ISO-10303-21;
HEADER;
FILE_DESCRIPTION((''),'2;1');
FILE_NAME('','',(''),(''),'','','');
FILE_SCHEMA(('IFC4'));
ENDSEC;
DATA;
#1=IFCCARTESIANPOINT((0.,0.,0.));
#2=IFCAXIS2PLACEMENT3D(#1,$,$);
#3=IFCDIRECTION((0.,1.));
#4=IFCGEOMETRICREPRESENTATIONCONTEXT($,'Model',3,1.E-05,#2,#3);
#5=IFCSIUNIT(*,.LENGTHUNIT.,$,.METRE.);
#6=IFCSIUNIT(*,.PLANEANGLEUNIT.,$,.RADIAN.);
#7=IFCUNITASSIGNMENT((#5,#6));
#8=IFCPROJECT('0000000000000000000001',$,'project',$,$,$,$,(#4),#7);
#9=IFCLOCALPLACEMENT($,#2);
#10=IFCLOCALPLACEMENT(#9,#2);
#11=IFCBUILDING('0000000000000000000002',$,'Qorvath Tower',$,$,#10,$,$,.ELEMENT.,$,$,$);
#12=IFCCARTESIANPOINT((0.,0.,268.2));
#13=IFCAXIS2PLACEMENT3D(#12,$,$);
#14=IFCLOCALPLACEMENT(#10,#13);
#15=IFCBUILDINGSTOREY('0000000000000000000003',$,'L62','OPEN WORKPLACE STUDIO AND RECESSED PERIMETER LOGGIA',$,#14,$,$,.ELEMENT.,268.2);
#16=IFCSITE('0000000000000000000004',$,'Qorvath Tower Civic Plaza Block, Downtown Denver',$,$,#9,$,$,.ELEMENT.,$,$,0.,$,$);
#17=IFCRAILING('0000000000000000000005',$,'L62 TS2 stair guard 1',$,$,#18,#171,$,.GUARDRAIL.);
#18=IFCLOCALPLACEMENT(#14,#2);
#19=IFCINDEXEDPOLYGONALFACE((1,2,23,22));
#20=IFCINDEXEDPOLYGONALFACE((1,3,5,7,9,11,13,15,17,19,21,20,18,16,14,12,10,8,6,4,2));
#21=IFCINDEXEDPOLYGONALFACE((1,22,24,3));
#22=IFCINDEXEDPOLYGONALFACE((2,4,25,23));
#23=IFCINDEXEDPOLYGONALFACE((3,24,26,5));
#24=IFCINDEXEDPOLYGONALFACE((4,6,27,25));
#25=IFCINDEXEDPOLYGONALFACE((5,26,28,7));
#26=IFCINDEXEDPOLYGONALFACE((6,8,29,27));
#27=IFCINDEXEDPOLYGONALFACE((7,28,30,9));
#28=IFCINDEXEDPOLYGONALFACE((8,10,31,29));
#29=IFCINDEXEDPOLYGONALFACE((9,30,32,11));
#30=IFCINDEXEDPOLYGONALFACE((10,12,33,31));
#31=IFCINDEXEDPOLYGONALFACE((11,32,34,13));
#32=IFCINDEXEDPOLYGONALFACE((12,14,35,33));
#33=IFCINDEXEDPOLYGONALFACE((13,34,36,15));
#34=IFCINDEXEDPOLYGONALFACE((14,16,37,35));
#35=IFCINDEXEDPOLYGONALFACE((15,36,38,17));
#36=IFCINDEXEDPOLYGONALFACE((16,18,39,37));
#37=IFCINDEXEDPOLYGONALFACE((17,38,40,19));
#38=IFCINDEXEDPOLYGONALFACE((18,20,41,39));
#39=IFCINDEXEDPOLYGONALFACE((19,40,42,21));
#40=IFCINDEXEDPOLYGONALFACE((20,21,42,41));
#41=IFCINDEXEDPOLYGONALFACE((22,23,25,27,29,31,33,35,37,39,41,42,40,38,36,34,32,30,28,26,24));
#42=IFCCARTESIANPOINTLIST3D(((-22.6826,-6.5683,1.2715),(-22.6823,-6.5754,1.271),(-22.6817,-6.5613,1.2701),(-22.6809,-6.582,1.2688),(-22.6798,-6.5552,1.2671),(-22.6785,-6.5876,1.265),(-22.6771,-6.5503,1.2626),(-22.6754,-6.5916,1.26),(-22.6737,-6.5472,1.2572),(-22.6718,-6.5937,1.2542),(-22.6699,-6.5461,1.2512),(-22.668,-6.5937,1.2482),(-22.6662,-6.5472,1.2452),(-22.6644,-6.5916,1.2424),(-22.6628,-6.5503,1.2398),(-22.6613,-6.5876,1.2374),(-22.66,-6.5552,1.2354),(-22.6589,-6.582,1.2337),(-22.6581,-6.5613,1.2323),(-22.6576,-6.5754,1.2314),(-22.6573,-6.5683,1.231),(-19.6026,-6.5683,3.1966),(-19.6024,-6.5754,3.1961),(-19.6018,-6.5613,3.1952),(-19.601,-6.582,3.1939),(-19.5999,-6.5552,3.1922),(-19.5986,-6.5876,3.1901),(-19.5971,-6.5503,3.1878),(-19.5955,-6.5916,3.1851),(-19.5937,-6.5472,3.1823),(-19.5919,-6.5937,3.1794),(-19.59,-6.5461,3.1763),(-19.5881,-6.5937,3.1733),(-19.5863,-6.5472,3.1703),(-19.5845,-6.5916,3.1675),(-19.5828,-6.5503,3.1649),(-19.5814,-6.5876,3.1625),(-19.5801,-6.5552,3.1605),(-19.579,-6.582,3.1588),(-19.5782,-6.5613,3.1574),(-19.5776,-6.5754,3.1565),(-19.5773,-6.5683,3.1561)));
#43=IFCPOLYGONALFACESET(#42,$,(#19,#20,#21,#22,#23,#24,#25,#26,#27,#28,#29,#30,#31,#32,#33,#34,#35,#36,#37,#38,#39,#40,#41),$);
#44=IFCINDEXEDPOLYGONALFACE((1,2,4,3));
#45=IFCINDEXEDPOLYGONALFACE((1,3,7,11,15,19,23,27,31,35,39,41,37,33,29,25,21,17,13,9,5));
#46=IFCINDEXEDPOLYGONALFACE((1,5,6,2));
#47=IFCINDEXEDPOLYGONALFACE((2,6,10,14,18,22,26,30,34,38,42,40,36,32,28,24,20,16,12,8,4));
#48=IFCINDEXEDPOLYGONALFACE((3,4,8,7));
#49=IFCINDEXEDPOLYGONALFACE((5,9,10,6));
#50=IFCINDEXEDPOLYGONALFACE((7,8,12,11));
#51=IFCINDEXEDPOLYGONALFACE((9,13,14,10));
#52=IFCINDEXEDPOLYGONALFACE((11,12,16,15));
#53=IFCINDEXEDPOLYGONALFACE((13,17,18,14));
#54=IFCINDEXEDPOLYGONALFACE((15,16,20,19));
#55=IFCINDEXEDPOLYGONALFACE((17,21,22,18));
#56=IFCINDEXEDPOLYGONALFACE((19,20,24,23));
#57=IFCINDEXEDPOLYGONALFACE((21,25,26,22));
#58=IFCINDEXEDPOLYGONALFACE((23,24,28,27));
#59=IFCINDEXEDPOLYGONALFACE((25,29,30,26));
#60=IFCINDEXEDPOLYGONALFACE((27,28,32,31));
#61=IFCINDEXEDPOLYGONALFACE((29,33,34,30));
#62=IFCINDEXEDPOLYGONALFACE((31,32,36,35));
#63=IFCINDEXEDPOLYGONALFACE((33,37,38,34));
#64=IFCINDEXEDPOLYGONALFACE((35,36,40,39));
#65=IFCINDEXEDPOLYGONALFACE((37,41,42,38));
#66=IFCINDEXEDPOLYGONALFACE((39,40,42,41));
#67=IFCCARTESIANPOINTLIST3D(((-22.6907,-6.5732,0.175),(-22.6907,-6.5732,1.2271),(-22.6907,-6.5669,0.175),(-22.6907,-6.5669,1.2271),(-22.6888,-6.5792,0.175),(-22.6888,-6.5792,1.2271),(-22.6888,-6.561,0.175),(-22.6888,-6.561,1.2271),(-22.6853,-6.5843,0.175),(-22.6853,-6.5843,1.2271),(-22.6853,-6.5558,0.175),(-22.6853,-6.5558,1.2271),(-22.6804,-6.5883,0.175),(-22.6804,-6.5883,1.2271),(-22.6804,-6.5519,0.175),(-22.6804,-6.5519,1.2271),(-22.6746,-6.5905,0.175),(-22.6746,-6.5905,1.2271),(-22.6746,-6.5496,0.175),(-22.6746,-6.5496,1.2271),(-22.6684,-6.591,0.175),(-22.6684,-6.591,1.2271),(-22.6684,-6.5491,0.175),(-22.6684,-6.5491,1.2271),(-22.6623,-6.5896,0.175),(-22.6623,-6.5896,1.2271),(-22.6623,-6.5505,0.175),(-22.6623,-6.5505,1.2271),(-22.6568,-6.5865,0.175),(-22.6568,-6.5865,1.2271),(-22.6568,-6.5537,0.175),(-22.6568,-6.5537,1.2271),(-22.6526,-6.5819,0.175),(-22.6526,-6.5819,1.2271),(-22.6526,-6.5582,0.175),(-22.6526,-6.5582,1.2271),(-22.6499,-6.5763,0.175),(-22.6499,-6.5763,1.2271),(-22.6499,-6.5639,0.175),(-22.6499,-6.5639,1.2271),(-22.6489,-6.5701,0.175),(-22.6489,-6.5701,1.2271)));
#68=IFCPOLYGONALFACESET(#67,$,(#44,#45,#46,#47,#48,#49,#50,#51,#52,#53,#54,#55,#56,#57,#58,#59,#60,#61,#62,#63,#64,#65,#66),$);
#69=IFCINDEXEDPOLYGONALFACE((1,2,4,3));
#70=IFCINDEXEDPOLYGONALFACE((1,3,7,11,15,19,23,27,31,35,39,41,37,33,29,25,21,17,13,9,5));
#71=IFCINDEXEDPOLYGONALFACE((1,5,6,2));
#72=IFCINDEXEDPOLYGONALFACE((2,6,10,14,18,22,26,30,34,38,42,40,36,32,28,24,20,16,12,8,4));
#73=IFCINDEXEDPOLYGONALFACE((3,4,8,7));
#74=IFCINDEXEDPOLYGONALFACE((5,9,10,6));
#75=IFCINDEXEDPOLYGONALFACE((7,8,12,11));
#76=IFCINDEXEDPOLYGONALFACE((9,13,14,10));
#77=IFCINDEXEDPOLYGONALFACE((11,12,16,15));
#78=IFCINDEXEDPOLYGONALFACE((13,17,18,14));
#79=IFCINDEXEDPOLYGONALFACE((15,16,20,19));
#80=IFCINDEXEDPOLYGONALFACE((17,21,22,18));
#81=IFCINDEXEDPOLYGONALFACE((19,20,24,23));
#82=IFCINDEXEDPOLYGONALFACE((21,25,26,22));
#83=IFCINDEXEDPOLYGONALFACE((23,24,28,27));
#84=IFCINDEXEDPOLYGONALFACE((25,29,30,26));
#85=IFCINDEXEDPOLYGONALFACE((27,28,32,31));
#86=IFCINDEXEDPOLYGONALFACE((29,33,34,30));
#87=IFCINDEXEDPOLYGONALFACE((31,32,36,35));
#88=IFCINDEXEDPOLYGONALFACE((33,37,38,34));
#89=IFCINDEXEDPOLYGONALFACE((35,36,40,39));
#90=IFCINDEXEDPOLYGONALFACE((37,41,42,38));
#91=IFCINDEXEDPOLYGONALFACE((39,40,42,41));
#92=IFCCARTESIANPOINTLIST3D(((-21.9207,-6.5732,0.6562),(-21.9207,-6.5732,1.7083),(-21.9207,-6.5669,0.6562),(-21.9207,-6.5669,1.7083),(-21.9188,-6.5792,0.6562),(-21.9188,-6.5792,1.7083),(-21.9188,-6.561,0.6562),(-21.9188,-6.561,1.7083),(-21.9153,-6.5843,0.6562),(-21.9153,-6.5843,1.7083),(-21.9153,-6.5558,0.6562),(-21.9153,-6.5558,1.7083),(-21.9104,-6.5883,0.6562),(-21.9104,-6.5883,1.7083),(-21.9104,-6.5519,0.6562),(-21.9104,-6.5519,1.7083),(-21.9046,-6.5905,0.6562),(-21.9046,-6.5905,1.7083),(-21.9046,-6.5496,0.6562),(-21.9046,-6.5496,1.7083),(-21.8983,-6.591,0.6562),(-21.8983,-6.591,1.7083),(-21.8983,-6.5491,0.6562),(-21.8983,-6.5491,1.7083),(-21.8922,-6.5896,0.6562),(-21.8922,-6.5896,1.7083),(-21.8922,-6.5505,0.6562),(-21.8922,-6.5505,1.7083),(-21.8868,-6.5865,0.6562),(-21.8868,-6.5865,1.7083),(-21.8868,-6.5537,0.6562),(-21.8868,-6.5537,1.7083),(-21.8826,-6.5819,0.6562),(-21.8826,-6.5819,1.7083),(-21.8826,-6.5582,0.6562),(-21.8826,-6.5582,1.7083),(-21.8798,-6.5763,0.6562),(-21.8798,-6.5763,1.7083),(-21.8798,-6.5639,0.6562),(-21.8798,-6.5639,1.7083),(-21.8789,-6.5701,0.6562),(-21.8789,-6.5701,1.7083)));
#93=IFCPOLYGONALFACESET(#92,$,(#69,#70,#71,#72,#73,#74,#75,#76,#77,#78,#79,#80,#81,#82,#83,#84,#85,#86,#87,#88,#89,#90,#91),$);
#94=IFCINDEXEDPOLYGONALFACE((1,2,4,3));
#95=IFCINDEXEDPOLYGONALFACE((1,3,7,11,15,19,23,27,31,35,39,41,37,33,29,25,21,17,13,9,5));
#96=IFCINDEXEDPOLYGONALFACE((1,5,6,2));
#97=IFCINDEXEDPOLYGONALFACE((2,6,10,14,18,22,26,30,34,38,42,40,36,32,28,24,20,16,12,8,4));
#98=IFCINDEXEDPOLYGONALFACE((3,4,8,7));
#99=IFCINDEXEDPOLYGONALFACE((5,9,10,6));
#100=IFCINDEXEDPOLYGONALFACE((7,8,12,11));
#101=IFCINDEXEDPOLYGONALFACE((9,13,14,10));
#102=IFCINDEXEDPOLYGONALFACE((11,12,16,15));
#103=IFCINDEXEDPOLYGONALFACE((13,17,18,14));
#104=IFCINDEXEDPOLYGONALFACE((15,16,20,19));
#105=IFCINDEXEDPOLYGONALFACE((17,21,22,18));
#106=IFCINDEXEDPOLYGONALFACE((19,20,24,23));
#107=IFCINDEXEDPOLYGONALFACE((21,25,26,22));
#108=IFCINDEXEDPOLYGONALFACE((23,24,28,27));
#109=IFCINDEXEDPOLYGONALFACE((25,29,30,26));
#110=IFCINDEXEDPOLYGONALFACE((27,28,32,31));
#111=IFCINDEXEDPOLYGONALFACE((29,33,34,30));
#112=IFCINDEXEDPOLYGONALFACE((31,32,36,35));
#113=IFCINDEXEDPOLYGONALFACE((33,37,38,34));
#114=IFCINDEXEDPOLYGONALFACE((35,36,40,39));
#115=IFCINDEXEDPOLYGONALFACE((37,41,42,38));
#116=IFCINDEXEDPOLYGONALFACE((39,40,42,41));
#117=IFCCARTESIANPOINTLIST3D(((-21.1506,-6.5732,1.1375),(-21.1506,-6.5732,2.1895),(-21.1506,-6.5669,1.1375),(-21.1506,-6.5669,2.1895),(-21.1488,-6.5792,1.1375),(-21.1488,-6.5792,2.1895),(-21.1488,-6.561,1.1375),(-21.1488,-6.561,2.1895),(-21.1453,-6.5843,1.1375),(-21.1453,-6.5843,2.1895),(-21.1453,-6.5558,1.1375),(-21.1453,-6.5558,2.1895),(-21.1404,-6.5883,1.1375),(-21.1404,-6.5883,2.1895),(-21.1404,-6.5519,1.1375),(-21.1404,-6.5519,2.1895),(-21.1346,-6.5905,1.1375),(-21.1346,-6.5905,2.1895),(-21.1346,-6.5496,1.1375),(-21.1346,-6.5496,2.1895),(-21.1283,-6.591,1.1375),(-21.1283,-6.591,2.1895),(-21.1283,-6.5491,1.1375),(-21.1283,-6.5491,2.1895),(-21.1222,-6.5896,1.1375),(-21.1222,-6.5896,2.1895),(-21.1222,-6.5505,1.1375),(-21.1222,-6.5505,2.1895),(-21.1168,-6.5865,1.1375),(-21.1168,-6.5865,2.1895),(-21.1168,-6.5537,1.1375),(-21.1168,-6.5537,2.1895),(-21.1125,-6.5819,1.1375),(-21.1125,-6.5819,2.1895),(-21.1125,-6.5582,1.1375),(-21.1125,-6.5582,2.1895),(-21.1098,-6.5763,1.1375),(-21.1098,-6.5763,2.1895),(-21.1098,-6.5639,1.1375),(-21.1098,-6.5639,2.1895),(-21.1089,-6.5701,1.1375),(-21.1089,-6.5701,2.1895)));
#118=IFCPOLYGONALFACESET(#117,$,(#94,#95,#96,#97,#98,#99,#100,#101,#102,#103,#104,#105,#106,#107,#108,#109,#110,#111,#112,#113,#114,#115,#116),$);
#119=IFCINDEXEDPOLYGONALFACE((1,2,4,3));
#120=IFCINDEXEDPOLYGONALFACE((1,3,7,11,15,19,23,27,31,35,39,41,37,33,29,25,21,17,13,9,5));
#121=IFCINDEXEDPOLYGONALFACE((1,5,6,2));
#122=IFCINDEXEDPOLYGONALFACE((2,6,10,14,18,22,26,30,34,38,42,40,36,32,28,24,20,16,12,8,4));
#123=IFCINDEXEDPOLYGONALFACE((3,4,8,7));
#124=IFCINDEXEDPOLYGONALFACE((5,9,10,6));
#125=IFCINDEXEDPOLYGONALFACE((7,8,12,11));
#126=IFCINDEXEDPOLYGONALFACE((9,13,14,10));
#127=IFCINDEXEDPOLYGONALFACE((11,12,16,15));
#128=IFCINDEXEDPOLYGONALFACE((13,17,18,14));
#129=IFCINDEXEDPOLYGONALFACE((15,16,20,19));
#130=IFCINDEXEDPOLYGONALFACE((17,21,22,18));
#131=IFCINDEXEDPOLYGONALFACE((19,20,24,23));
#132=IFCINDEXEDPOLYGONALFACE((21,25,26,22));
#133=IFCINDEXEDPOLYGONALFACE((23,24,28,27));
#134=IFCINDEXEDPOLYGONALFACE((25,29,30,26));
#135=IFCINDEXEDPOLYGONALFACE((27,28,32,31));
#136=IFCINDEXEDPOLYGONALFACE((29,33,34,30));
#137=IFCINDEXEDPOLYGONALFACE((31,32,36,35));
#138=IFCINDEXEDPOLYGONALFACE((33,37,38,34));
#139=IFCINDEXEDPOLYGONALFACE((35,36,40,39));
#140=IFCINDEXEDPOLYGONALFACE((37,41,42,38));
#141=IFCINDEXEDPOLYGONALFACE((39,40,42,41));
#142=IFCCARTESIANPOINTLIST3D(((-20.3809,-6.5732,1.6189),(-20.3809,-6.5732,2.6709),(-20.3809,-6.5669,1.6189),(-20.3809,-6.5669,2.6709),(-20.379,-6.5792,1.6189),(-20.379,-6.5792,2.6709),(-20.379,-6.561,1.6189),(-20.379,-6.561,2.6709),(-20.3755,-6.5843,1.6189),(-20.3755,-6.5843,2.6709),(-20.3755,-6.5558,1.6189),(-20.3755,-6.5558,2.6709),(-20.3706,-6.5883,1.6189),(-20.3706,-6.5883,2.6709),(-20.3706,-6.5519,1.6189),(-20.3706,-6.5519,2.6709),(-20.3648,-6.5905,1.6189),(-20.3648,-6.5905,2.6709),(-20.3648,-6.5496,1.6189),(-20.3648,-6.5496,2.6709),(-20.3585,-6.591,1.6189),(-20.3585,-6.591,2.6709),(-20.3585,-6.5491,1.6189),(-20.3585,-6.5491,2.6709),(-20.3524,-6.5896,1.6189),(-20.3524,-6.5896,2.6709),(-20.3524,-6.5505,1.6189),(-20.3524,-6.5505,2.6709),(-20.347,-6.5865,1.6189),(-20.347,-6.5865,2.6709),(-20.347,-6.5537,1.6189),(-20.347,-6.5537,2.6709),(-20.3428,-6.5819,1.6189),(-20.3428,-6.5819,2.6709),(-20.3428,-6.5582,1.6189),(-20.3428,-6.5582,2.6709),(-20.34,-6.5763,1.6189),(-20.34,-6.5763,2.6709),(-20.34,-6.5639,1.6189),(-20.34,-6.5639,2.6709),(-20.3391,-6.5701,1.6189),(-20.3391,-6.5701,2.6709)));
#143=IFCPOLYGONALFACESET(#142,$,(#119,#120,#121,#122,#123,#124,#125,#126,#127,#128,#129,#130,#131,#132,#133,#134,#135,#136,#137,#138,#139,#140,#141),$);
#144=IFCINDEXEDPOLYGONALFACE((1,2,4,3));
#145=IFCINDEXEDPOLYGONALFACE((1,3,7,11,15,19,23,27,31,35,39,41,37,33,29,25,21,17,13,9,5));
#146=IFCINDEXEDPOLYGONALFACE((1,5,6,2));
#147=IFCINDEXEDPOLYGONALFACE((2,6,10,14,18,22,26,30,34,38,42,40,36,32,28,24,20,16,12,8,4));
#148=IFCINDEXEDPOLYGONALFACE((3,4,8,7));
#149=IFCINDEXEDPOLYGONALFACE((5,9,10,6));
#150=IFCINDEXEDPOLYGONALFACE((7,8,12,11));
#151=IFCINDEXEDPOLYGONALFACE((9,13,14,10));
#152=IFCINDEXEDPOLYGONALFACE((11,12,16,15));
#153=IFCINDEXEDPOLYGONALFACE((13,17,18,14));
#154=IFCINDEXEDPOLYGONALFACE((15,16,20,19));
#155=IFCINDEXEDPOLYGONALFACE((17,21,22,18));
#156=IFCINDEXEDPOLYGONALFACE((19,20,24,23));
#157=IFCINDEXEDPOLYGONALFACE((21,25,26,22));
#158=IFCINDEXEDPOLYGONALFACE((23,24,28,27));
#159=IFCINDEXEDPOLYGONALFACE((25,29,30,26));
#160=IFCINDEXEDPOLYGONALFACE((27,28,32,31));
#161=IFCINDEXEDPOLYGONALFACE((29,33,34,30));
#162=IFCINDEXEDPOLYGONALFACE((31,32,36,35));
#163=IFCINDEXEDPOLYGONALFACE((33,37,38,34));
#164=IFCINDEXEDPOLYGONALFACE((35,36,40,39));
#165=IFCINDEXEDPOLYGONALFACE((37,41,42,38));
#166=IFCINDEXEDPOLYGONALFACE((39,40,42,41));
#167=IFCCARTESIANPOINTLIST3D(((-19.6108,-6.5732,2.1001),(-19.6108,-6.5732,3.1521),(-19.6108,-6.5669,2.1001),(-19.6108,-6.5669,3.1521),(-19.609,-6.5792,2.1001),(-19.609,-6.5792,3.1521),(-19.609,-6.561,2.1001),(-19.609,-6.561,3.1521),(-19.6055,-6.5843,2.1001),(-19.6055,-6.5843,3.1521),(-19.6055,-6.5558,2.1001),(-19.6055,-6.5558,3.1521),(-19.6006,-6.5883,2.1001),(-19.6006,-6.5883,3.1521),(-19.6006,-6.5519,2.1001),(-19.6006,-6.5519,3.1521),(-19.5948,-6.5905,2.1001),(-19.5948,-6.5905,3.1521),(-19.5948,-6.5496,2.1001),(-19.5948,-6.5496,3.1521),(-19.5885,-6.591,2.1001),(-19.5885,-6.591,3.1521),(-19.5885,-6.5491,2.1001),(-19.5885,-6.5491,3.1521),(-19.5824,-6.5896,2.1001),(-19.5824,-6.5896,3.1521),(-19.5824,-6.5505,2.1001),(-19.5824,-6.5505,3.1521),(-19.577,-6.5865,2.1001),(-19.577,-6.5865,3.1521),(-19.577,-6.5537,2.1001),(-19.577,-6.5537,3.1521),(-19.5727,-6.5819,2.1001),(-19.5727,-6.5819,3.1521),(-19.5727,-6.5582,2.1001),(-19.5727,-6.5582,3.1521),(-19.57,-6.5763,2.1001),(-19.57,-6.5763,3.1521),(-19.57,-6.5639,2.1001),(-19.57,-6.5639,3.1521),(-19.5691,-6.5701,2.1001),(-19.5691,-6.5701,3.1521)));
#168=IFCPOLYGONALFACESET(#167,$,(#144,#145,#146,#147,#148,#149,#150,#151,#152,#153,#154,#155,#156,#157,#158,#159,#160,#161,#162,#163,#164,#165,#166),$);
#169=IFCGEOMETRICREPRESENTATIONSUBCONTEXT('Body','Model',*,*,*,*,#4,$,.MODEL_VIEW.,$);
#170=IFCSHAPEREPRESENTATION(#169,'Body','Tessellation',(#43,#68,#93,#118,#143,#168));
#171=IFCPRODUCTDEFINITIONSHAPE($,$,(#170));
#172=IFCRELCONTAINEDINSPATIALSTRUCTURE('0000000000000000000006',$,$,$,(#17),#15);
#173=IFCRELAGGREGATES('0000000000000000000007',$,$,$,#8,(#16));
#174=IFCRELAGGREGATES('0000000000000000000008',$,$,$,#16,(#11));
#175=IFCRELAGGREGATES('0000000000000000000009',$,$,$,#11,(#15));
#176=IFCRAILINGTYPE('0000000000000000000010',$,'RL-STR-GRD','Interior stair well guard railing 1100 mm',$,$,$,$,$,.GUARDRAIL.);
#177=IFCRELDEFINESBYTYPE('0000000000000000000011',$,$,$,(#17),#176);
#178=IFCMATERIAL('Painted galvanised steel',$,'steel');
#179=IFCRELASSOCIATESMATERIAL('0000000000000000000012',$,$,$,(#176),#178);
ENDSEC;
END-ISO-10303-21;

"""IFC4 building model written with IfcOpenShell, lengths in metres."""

from ifc_helpers import new_model, si_unit, direction, frame, origin, origin_2d, place, context, subcontext, project, spatial, circle, extrude, material, type_object, element, save


model = new_model("IFC4")

# Units and contexts
model_context = context("Model", 3, precision=1e-05, world=origin(), true_north=direction((0.0, 1.0)))
body_context = subcontext(model_context, "Body", "Model", "MODEL_VIEW")
ifc_project = project(units=[si_unit("LENGTHUNIT", "METRE"), si_unit("PLANEANGLEUNIT", "RADIAN")], contexts=[model_context])

# Site, building, storey
site_placement = place(None, origin())
site = spatial("IfcSite", under=ifc_project, at=site_placement, Name="Qorvath Tower Civic Plaza Block, Downtown Denver", CompositionType="ELEMENT", RefElevation=0.0)
building_placement = place(site_placement, origin())
building = spatial("IfcBuilding", under=site, at=building_placement, Name="Qorvath Tower", CompositionType="ELEMENT")
storey_placement = place(building_placement, frame((0.0, 0.0, 268.2)))
storey = spatial("IfcBuildingStorey", under=building, at=storey_placement, Name="L62", Description="OPEN WORKPLACE STUDIO AND RECESSED PERIMETER LOGGIA", CompositionType="ELEMENT", Elevation=268.2)

# Railing
ifc_material_1 = material(Name="Painted galvanised steel", Category="steel")
railing_type = type_object("IfcRailingType", Name="RL-STR-GRD", Description="Interior stair well guard railing 1100 mm", PredefinedType="GUARDRAIL", material=ifc_material_1)
railing_1_placement = place(storey_placement, frame((-22.6699, -6.5701, 0.175)))
element("IfcRailing", 1, at=railing_1_placement, inside=storey, type_object=railing_type, Name="L62 TS2 stair guard 1", PredefinedType="GUARDRAIL", context=body_context, shape_type="SweptSolid", body=[
    extrude(circle(Radius=0.0239, at=origin_2d()), frame((0.0, 0.0, 1.0762), z_axis=(0.847979, 0.0, 0.530029), x_axis=(0.0, 1.0, 0.0)), (0.0, 0.0, 1.0), 3.6321),
    extrude(circle(Radius=0.021, at=origin_2d()), origin(), (0.0, 0.0, 1.0), 1.052),
    extrude(circle(Radius=0.021, at=origin_2d()), frame((0.77, 0.0, 0.4812)), (0.0, 0.0, 1.0), 1.052),
    extrude(circle(Radius=0.021, at=origin_2d()), frame((1.54, 0.0, 0.9624)), (0.0, 0.0, 1.0), 1.052),
    extrude(circle(Radius=0.021, at=origin_2d()), frame((2.3098, 0.0, 1.4438)), (0.0, 0.0, 1.0), 1.052),
    extrude(circle(Radius=0.021, at=origin_2d()), frame((3.0798, 0.0, 1.925)), (0.0, 0.0, 1.0), 1.052),
])

save(model, "model.ifc")
